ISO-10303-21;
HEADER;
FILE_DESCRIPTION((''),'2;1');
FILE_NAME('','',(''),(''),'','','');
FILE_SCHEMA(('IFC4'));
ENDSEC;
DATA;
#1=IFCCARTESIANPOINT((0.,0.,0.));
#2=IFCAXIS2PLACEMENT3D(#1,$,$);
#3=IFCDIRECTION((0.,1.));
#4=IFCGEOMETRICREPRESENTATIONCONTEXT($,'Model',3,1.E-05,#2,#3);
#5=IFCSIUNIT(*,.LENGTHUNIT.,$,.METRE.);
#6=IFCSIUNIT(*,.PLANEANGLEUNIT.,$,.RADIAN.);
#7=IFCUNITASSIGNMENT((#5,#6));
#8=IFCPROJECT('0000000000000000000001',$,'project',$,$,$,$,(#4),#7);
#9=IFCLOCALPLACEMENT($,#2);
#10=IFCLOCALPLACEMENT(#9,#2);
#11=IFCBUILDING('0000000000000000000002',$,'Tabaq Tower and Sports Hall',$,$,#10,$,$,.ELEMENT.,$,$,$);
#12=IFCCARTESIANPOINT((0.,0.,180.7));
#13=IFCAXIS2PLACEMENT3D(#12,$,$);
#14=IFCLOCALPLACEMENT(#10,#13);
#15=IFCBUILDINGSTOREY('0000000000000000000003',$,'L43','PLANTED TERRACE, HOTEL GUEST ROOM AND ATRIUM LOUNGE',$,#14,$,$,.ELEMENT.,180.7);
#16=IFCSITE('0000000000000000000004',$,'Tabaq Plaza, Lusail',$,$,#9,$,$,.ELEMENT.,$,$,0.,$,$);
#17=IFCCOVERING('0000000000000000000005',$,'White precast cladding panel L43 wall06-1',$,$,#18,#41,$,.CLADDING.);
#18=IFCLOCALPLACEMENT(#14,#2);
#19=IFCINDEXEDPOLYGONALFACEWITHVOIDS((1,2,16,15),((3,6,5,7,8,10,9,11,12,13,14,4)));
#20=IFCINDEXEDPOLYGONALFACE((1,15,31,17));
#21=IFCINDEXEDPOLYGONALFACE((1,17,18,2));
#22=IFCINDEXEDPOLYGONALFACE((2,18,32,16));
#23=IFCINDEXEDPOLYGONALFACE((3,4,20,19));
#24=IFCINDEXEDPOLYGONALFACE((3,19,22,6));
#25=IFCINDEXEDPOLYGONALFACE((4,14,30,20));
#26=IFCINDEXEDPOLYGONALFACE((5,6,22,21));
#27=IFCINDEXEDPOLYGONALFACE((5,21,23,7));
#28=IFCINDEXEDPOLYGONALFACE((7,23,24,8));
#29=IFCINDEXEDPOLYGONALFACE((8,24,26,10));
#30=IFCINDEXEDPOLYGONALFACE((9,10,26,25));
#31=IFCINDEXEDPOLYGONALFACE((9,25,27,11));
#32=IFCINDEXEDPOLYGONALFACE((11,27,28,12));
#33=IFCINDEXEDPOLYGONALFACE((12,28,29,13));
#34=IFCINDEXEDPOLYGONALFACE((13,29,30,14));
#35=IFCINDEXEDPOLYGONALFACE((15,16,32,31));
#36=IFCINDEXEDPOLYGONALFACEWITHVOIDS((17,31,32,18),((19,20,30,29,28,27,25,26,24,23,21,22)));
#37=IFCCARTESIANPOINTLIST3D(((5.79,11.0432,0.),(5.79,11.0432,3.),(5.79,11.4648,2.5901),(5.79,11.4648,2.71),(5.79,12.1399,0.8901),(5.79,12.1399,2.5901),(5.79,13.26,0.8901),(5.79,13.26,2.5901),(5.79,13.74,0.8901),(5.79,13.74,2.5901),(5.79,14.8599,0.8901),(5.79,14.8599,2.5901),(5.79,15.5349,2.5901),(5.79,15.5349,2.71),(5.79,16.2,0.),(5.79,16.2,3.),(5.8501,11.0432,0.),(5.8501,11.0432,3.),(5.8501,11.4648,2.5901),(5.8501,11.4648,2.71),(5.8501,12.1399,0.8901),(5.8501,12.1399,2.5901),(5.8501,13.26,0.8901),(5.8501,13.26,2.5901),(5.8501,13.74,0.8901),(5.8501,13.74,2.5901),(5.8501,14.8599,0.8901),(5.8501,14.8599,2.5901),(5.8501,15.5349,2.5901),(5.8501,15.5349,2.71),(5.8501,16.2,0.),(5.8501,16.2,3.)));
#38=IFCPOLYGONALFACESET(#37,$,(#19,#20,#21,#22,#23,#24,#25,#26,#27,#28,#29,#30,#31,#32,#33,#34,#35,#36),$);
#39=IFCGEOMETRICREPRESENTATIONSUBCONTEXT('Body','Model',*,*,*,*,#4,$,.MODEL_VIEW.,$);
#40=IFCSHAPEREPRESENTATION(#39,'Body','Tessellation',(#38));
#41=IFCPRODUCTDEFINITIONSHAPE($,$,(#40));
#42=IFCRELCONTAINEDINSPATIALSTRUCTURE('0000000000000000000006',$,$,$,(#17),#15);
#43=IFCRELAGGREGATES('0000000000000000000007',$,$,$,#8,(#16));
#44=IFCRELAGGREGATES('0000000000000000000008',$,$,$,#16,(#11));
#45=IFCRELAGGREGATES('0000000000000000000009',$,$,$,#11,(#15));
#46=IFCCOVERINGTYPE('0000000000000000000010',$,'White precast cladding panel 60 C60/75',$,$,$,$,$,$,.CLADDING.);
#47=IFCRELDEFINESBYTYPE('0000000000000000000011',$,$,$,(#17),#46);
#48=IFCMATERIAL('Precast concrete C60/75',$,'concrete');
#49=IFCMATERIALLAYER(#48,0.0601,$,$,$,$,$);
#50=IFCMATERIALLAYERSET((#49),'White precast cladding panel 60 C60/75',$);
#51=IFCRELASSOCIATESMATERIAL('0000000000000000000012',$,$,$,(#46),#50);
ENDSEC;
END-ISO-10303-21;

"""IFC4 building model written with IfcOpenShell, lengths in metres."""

from ifc_helpers import new_model, si_unit, direction, frame, origin, place, context, subcontext, project, spatial, polyline, outline, extrude, material, layer, layer_set, type_object, element, save


model = new_model("IFC4")

# Units and contexts
model_context = context("Model", 3, precision=1e-05, world=origin(), true_north=direction((0.0, 1.0)))
body_context = subcontext(model_context, "Body", "Model", "MODEL_VIEW")
ifc_project = project(units=[si_unit("LENGTHUNIT", "METRE"), si_unit("PLANEANGLEUNIT", "RADIAN")], contexts=[model_context])

# Site, building, storey
site_placement = place(None, origin())
site = spatial("IfcSite", under=ifc_project, at=site_placement, Name="Tabaq Plaza, Lusail", CompositionType="ELEMENT", RefElevation=0.0)
building_placement = place(site_placement, origin())
building = spatial("IfcBuilding", under=site, at=building_placement, Name="Tabaq Tower and Sports Hall", CompositionType="ELEMENT")
storey_placement = place(building_placement, frame((0.0, 0.0, 180.7)))
storey = spatial("IfcBuildingStorey", under=building, at=storey_placement, Name="L43", Description="PLANTED TERRACE, HOTEL GUEST ROOM AND ATRIUM LOUNGE", CompositionType="ELEMENT", Elevation=180.7)

# Covering
ifc_material_1 = material(Name="Precast concrete C60/75", Category="concrete")
ifc_layer_1 = layer(ifc_material_1, 0.0601)
ifc_layer_set_1 = layer_set([ifc_layer_1], Name="White precast cladding panel 60 C60/75")
covering_type_1 = type_object("IfcCoveringType", Name="White precast cladding panel 60 C60/75", PredefinedType="CLADDING", material=ifc_layer_set_1)
covering_1_placement = place(storey_placement, frame((5.8201, 16.2, 0.0), z_axis=(0.0, 0.0, 1.0), x_axis=(0.0, -1.0, 0.0)))
element("IfcCovering", 1, at=covering_1_placement, inside=storey, type_object=covering_type_1, Name="White precast cladding panel L43 wall06-1", PredefinedType="CLADDING", context=body_context, shape_type="SweptSolid", body=[
    extrude(outline(polyline([(0.0, 0.0), (5.1567, 0.0), (5.1567, 3.0), (0.0, 3.0), (0.0, 0.0)]), holes=[polyline([(1.3401, 2.5901), (0.665, 2.5901), (0.665, 2.71), (4.7351, 2.71), (4.7351, 2.5901), (4.0601, 2.5901), (4.0601, 0.8901), (2.9399, 0.8901), (2.9399, 2.5901), (2.46, 2.5901), (2.46, 0.8901), (1.3401, 0.8901), (1.3401, 2.5901)])]), frame((0.0, 0.03, 0.0), z_axis=(0.0, -1.0, 0.0), x_axis=(1.0, 0.0, 0.0)), (0.0, 0.0, 1.0), 0.0601),
])

save(model, "model.ifc")
